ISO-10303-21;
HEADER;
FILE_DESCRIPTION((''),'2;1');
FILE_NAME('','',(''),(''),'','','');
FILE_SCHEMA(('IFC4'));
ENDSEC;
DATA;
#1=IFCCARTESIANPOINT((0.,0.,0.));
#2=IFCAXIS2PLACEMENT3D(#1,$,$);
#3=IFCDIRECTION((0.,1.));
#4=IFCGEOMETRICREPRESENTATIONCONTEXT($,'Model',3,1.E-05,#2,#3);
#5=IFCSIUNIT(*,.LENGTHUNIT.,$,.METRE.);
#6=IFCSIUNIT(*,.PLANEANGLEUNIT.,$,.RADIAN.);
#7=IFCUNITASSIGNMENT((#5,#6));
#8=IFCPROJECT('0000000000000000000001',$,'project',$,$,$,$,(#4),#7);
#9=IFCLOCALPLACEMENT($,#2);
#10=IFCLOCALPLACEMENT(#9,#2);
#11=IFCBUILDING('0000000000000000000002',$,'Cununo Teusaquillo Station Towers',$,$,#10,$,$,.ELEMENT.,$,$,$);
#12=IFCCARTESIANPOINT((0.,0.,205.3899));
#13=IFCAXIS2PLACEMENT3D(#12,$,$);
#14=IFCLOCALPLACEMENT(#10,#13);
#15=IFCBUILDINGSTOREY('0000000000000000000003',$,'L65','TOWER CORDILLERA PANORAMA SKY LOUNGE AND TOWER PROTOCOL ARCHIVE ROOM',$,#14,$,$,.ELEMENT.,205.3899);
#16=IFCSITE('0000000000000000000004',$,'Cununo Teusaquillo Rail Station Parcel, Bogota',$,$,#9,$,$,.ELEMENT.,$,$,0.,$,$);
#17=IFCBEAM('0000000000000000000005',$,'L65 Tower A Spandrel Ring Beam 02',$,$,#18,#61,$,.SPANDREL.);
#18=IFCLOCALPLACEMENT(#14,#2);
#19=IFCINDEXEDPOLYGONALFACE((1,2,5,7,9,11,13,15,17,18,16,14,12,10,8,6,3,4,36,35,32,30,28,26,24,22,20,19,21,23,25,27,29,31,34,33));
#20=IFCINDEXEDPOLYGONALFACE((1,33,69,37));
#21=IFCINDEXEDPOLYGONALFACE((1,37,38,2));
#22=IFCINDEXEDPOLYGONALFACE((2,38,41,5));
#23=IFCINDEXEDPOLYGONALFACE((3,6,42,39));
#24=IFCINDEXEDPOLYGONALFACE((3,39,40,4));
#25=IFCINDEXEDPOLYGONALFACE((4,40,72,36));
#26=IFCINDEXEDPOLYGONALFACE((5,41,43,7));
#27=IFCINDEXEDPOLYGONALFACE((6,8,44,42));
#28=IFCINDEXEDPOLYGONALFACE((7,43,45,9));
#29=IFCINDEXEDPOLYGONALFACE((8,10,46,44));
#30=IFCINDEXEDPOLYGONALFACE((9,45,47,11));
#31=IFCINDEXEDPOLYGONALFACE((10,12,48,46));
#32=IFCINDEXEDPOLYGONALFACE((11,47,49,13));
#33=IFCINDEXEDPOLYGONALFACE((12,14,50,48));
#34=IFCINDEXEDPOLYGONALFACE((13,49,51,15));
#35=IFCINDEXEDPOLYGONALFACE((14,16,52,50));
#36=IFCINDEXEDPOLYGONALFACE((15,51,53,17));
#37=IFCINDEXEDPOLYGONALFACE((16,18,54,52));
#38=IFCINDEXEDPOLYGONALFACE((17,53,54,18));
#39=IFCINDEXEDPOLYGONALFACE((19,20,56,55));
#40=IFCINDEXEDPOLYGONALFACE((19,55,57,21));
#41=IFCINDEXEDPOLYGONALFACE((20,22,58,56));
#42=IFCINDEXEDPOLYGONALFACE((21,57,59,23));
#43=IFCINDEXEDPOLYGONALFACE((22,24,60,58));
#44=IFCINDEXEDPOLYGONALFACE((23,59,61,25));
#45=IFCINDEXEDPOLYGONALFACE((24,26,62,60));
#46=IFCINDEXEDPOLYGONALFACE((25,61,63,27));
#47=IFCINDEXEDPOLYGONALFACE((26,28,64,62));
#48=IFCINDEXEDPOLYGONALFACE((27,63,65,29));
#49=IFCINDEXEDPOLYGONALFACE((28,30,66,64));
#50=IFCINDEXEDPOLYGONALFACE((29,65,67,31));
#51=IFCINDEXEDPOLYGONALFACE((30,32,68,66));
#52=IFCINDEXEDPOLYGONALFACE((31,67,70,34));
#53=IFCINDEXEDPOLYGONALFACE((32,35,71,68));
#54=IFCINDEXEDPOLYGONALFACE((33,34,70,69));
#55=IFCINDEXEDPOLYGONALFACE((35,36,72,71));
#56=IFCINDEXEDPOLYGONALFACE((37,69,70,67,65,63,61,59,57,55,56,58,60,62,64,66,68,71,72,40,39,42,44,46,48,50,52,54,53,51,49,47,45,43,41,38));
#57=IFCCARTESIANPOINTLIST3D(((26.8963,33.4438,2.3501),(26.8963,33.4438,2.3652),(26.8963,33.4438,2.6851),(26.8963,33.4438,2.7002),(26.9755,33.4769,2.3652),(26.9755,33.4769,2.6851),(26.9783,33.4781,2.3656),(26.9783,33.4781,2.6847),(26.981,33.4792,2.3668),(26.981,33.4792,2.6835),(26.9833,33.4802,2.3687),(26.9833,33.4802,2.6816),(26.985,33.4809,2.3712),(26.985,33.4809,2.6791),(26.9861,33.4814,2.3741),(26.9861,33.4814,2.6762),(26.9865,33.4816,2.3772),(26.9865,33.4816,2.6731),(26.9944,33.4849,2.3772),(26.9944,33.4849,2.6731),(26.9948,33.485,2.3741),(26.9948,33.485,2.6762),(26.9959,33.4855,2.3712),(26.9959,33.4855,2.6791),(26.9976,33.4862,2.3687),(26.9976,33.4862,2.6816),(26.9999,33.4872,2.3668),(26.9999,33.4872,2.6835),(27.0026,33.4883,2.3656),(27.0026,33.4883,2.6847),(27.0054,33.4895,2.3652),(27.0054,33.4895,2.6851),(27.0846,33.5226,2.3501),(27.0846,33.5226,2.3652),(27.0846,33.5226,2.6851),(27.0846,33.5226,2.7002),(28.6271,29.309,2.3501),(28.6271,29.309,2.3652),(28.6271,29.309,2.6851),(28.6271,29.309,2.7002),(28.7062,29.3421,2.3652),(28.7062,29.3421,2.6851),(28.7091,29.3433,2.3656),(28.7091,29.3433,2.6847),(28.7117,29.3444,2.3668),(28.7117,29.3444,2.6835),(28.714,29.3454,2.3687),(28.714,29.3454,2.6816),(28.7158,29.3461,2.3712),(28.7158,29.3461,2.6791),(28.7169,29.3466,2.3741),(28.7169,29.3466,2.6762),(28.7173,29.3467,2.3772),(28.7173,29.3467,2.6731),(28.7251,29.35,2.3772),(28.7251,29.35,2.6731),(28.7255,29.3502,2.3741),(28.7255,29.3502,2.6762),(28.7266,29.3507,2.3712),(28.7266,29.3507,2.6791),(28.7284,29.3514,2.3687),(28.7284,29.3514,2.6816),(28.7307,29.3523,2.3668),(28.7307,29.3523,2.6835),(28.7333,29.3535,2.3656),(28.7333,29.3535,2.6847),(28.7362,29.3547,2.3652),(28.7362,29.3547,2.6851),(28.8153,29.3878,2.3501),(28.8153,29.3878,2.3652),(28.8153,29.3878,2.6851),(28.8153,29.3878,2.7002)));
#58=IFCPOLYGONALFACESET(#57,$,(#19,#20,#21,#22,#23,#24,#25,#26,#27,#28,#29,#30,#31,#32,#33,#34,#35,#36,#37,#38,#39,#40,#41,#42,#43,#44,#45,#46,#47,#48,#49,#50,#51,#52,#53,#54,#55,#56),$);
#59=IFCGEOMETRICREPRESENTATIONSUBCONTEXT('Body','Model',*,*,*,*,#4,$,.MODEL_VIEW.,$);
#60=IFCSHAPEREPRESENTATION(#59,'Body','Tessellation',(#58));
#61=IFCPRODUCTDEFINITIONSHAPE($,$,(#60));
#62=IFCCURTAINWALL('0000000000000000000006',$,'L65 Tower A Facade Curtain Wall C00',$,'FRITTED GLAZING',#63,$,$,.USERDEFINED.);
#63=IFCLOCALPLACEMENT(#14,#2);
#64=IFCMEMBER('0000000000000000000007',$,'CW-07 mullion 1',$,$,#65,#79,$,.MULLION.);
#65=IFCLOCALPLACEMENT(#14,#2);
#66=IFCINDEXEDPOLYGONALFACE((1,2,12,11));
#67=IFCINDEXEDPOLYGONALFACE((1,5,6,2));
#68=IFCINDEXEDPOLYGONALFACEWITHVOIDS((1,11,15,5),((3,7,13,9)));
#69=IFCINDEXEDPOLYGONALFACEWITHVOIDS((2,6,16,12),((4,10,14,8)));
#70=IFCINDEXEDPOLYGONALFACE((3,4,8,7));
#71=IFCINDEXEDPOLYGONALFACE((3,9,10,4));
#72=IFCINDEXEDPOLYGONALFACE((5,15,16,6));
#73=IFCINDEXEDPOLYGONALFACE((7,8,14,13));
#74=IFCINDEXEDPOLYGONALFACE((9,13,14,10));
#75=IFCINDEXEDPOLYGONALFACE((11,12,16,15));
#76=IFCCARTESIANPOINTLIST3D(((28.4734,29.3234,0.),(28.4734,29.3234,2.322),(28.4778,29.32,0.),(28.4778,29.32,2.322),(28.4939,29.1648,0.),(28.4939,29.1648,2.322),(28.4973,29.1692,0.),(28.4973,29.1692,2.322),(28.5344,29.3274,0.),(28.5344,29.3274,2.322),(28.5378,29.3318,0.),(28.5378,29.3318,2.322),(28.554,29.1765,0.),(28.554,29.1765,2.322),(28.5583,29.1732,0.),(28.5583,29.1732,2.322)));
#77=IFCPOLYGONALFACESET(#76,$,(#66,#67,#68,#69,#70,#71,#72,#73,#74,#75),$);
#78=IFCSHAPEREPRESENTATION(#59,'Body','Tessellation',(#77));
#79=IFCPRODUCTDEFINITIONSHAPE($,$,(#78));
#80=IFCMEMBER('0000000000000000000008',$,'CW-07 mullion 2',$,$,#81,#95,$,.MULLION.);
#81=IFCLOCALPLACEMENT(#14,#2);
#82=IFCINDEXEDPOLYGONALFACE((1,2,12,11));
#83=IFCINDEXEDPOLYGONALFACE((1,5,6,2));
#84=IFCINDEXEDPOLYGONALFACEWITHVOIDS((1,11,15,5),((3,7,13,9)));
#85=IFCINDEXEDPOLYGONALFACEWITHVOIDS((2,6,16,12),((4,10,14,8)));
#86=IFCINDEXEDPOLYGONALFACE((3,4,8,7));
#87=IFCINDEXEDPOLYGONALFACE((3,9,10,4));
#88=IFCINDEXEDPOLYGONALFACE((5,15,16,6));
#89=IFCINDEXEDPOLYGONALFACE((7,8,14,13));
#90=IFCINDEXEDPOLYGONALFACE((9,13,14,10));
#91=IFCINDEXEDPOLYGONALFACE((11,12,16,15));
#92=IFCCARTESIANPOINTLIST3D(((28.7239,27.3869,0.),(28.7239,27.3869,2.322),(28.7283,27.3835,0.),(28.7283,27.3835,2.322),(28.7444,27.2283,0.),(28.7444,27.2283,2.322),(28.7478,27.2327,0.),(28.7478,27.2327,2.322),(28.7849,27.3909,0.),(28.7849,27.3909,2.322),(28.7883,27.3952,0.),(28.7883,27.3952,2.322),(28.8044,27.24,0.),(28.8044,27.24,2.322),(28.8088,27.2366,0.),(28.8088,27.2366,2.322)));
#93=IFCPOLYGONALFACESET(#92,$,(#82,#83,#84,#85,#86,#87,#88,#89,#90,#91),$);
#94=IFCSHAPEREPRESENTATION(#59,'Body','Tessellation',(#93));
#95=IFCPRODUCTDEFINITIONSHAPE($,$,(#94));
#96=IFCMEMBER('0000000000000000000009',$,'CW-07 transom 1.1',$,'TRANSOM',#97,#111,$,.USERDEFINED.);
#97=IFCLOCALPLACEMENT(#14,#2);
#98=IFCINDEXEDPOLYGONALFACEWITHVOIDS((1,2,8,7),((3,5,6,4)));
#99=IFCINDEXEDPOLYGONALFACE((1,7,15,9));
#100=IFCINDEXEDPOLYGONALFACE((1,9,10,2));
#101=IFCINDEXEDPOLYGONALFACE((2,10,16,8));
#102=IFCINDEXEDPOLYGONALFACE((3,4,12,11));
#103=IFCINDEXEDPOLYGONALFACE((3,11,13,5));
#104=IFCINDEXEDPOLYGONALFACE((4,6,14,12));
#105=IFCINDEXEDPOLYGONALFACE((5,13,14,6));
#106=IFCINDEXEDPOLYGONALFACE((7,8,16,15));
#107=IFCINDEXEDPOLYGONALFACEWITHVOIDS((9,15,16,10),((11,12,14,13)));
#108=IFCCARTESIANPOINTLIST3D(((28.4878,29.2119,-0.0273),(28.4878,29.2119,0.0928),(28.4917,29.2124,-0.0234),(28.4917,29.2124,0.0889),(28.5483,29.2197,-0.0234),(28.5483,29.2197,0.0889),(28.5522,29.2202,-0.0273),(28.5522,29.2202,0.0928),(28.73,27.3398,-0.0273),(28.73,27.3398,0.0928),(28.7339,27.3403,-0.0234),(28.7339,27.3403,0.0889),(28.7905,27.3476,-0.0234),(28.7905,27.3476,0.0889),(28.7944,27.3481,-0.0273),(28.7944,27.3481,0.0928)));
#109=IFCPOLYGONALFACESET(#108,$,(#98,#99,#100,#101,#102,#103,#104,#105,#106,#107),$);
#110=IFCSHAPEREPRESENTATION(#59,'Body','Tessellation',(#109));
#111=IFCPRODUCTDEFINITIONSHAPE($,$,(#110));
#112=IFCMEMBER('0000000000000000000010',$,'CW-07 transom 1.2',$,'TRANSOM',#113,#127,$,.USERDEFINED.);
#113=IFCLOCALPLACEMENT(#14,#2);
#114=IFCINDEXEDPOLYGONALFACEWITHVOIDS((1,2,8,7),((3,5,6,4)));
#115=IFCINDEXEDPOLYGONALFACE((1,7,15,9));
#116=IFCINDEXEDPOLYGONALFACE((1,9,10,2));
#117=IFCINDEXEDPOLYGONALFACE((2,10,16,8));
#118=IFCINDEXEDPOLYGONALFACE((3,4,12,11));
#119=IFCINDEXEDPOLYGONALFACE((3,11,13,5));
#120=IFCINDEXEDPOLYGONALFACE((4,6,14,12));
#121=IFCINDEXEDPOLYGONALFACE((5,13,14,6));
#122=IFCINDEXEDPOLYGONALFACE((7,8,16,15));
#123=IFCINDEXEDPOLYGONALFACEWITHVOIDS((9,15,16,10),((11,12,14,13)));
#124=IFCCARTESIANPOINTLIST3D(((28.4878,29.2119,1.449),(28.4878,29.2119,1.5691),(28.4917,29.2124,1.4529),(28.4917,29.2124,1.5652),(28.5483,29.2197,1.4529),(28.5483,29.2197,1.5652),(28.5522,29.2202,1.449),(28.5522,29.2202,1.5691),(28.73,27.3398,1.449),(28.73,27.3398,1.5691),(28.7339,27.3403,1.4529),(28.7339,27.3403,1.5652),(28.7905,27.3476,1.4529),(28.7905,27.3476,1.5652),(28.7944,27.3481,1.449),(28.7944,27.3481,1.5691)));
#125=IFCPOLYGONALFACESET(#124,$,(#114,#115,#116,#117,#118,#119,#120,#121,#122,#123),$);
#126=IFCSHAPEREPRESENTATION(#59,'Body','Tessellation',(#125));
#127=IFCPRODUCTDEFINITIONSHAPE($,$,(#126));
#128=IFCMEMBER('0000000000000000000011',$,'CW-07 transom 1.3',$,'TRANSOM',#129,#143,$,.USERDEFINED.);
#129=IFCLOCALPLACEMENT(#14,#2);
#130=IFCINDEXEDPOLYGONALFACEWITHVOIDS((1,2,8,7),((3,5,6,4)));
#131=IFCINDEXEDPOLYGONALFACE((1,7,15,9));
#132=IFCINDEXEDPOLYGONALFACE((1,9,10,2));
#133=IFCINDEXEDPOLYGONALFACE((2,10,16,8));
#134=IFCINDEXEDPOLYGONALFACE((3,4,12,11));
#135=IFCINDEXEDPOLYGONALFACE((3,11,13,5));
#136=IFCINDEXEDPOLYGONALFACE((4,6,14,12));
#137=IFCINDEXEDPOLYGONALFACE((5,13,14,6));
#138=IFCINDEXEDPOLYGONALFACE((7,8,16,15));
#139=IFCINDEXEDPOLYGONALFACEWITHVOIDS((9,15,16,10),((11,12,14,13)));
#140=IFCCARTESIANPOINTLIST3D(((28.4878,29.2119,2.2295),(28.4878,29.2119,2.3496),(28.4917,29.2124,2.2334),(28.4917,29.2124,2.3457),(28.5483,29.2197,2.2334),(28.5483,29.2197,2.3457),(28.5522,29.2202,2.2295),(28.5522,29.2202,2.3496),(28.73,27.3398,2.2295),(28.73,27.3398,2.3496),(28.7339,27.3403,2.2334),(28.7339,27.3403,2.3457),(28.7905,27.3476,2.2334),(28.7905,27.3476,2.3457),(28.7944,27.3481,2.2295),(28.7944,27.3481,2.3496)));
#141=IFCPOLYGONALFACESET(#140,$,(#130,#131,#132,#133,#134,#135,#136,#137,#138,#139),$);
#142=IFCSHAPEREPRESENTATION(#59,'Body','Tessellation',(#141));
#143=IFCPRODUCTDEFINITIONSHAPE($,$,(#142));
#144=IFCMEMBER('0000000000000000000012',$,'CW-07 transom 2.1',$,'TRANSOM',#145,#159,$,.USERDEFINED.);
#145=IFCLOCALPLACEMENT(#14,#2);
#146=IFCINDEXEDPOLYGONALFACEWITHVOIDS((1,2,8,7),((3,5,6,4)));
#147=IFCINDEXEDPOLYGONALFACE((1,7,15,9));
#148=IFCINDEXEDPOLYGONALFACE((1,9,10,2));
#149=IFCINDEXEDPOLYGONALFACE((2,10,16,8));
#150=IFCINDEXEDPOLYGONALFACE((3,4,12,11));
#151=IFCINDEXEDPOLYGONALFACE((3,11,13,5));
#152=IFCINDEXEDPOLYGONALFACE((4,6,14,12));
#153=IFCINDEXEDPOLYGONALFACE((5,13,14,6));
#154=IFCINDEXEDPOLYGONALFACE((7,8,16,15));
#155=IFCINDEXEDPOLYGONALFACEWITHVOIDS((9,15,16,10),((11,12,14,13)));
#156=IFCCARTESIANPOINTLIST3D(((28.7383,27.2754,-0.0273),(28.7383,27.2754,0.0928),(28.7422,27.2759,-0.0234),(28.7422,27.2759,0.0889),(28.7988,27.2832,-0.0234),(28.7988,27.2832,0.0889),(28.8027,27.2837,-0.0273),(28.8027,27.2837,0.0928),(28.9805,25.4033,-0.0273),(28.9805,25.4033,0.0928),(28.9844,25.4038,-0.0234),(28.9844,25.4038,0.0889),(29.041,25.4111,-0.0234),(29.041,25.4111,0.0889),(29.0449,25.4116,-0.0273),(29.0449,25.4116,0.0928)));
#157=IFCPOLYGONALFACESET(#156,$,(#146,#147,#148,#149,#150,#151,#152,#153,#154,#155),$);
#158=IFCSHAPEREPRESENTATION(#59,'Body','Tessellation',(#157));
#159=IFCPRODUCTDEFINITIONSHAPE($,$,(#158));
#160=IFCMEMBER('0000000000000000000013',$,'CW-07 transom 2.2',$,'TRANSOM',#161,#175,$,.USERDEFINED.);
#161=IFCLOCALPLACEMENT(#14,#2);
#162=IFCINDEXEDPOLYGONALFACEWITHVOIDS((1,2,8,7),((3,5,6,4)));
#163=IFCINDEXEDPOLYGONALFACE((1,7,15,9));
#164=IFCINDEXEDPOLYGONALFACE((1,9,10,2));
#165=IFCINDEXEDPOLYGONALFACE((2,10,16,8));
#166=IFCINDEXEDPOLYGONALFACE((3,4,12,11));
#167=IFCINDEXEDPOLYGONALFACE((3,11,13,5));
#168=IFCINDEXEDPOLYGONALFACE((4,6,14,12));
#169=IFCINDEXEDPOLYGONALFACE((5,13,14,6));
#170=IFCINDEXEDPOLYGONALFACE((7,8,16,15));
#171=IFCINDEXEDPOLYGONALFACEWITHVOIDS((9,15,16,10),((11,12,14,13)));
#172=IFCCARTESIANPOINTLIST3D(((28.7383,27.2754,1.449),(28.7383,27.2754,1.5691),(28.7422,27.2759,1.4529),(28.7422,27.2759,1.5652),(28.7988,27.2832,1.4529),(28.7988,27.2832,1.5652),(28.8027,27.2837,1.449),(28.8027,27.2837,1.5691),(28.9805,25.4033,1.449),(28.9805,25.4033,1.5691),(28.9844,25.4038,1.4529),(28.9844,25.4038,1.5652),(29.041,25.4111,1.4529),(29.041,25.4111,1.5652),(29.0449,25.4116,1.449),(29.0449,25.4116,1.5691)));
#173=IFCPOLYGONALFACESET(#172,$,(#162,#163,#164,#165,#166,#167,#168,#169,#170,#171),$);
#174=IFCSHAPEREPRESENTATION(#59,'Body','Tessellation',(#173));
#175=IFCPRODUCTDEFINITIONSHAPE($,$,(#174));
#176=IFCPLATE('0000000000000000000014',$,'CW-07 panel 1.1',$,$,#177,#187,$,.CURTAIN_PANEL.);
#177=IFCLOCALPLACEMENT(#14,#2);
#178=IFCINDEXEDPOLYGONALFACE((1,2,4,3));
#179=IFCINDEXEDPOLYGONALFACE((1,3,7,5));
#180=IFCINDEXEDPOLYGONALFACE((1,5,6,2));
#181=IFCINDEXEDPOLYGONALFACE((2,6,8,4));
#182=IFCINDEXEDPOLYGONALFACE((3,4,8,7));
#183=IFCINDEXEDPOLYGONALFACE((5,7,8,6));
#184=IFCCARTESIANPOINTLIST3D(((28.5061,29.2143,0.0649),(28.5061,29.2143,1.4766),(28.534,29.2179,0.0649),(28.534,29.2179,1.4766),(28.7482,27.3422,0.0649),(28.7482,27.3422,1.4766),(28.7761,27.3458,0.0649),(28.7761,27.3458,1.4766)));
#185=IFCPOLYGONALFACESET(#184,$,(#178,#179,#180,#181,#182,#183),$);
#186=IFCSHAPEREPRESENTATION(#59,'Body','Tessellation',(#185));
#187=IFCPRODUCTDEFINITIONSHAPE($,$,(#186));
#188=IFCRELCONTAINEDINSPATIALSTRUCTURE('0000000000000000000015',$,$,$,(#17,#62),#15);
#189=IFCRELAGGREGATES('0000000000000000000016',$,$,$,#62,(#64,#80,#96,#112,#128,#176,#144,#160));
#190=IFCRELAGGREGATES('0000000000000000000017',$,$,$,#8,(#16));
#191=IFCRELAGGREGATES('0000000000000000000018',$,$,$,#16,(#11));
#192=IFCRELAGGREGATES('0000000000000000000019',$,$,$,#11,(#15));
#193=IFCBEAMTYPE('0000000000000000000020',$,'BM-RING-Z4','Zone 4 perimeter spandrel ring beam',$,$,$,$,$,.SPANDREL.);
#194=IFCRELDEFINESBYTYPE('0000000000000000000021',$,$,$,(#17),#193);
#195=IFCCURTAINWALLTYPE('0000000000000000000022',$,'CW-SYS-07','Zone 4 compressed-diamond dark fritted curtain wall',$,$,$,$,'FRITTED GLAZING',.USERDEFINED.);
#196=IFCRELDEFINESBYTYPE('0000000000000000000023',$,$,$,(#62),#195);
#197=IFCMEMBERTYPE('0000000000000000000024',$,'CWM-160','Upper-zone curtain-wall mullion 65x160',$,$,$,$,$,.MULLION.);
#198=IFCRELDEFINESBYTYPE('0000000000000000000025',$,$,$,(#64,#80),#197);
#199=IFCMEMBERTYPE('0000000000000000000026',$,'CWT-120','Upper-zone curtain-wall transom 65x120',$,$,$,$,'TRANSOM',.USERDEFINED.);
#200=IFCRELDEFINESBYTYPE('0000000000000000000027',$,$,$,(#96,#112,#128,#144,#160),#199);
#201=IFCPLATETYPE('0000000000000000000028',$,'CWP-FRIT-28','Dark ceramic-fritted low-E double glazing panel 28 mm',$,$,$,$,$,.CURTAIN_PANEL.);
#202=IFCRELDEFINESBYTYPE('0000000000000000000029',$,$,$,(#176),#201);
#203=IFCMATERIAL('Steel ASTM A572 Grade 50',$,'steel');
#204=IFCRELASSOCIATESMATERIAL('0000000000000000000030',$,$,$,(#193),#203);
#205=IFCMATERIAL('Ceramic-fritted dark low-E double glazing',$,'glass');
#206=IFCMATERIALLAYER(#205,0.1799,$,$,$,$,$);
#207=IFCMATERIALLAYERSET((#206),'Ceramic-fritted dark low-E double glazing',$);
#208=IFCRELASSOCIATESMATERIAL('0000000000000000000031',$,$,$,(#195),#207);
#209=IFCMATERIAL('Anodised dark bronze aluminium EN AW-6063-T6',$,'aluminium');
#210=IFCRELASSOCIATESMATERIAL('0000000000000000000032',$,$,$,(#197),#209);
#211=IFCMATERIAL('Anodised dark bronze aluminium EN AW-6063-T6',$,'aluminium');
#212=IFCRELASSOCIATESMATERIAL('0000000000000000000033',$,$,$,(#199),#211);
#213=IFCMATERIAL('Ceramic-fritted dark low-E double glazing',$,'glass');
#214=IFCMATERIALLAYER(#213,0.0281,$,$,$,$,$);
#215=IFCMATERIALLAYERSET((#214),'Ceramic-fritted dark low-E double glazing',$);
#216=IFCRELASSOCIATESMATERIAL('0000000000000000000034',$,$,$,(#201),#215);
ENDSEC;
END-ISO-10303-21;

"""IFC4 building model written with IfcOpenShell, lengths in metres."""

from ifc_helpers import new_model, si_unit, direction, frame, origin, origin_2d, place, context, subcontext, project, spatial, rectangle, hollow_rectangle, i_section, extrude, source, transform, mapped, material, layer, layer_set, material_profile, profile_set, type_object, element, aggregate, save


model = new_model("IFC4")

# Units and contexts
model_context = context("Model", 3, precision=1e-05, world=origin(), true_north=direction((0.0, 1.0)))
body_context = subcontext(model_context, "Body", "Model", "MODEL_VIEW")
ifc_project = project(units=[si_unit("LENGTHUNIT", "METRE"), si_unit("PLANEANGLEUNIT", "RADIAN")], contexts=[model_context])

# Site, building, storey
site_placement = place(None, origin())
site = spatial("IfcSite", under=ifc_project, at=site_placement, Name="Cununo Teusaquillo Rail Station Parcel, Bogota", CompositionType="ELEMENT", RefElevation=0.0)
building_placement = place(site_placement, origin())
building = spatial("IfcBuilding", under=site, at=building_placement, Name="Cununo Teusaquillo Station Towers", CompositionType="ELEMENT")
storey_placement = place(building_placement, frame((0.0, 0.0, 205.3899)))
storey = spatial("IfcBuildingStorey", under=building, at=storey_placement, Name="L65", Description="TOWER CORDILLERA PANORAMA SKY LOUNGE AND TOWER PROTOCOL ARCHIVE ROOM", CompositionType="ELEMENT", Elevation=205.3899)

# Beam
ifc_material_1 = material(Name="Steel ASTM A572 Grade 50", Category="steel")
ifc_material_profile_1 = material_profile(ifc_material_1, i_section(OverallWidth=0.2041, OverallDepth=0.3501, WebThickness=0.0085, FlangeThickness=0.0151, FilletRadius=0.012, at=origin_2d()), Name="W14X48")
ifc_profile_set_1 = profile_set([ifc_material_profile_1], Name="Steel ASTM A572 Grade 50")
beam_type_1 = type_object("IfcBeamType", Name="BM-RING-Z4", Description="Zone 4 perimeter spandrel ring beam", PredefinedType="SPANDREL", material=ifc_profile_set_1)
beam_1_placement = place(storey_placement, frame((28.7212, 29.3484, 2.5251), z_axis=(-0.386115, 0.92245, 0.0), x_axis=(-0.92245, -0.386115, 0.0)))
element("IfcBeam", 1, at=beam_1_placement, inside=storey, type_object=beam_type_1, Name="L65 Tower A Spandrel Ring Beam 02", PredefinedType="SPANDREL", context=body_context, shape_type="SweptSolid", body=[
    extrude(i_section(OverallWidth=0.2041, OverallDepth=0.3501, WebThickness=0.0085, FlangeThickness=0.0151, FilletRadius=0.012, at=origin_2d()), origin(), (0.0, 0.0, 1.0), 4.4824),
])

# Curtain wall, members, plate
ifc_material_2 = material(Name="Ceramic-fritted dark low-E double glazing", Category="glass")
ifc_layer_1 = layer(ifc_material_2, 0.1799)
ifc_layer_set_1 = layer_set([ifc_layer_1], Name="Ceramic-fritted dark low-E double glazing")
curtain_wall_type = type_object("IfcCurtainWallType", Name="CW-SYS-07", Description="Zone 4 compressed-diamond dark fritted curtain wall", ElementType="FRITTED GLAZING", PredefinedType="USERDEFINED", material=ifc_layer_set_1)
curtain_wall_placement = place(storey_placement, origin())
curtain_wall = element("IfcCurtainWall", 2, at=curtain_wall_placement, inside=storey, type_object=curtain_wall_type, Name="L65 Tower A Facade Curtain Wall C00", ObjectType="FRITTED GLAZING", PredefinedType="USERDEFINED")
ifc_material_3 = material(Name="Anodised dark bronze aluminium EN AW-6063-T6", Category="aluminium")
ifc_material_profile_2 = material_profile(ifc_material_3, hollow_rectangle(XDim=0.0649, YDim=0.1599, WallThickness=0.0039, at=origin_2d()), Name="CW-MULL-65x160")
ifc_profile_set_2 = profile_set([ifc_material_profile_2], Name="Anodised dark bronze aluminium EN AW-6063-T6")
member_type_1 = type_object("IfcMemberType", Name="CWM-160", Description="Upper-zone curtain-wall mullion 65x160", PredefinedType="MULLION", material=ifc_profile_set_2)
member_1_placement = place(storey_placement, frame((28.5159, 29.2483, 0.0), z_axis=(0.0, 0.0, 1.0), x_axis=(0.991742, 0.128253, 0.0)))
member_1 = element("IfcMember", 3, at=member_1_placement, type_object=member_type_1, Name="CW-07 mullion 1", PredefinedType="MULLION", context=body_context, shape_type="SweptSolid", body=[
    extrude(hollow_rectangle(XDim=0.0649, YDim=0.1599, WallThickness=0.0039, at=origin_2d()), origin(), (0.0, 0.0, 1.0), 2.322),
])
member_2_placement = place(storey_placement, frame((28.7664, 27.3118, 0.0), z_axis=(0.0, 0.0, 1.0), x_axis=(0.991742, 0.128253, 0.0)))
member_2 = element("IfcMember", 4, at=member_2_placement, type_object=member_type_1, Name="CW-07 mullion 2", PredefinedType="MULLION", context=body_context, shape_type="SweptSolid", body=[
    extrude(hollow_rectangle(XDim=0.0649, YDim=0.1599, WallThickness=0.0039, at=origin_2d()), origin(), (0.0, 0.0, 1.0), 2.322),
])
ifc_material_4 = material(Name="Anodised dark bronze aluminium EN AW-6063-T6", Category="aluminium")
ifc_material_profile_3 = material_profile(ifc_material_4, hollow_rectangle(XDim=0.0649, YDim=0.1201, WallThickness=0.0039, at=origin_2d()), Name="CW-TRAN-65x120")
ifc_profile_set_3 = profile_set([ifc_material_profile_3], Name="Anodised dark bronze aluminium EN AW-6063-T6")
member_type_2 = type_object("IfcMemberType", Name="CWT-120", Description="Upper-zone curtain-wall transom 65x120", ElementType="TRANSOM", PredefinedType="USERDEFINED", material=ifc_profile_set_3)
member_3_placement = place(storey_placement, frame((28.52, 29.2161, 0.0327), z_axis=(0.1283, -0.991735, 0.0), x_axis=(0.991735, 0.1283, 0.0)))
member_3 = element("IfcMember", 5, at=member_3_placement, type_object=member_type_2, Name="CW-07 transom 1.1", ObjectType="TRANSOM", PredefinedType="USERDEFINED", context=body_context, shape_type="SweptSolid", body=[
    extrude(hollow_rectangle(XDim=0.0649, YDim=0.1201, WallThickness=0.0039, at=origin_2d()), origin(), (0.0, 0.0, 1.0), 1.8877),
])
member_4_placement = place(storey_placement, frame((28.52, 29.2161, 1.509), z_axis=(0.1283, -0.991735, 0.0), x_axis=(0.991735, 0.1283, 0.0)))
member_4 = element("IfcMember", 6, at=member_4_placement, type_object=member_type_2, Name="CW-07 transom 1.2", ObjectType="TRANSOM", PredefinedType="USERDEFINED", context=body_context, shape_type="SweptSolid", body=[
    extrude(hollow_rectangle(XDim=0.0649, YDim=0.1201, WallThickness=0.0039, at=origin_2d()), origin(), (0.0, 0.0, 1.0), 1.8877),
])
member_5_placement = place(storey_placement, frame((28.52, 29.2161, 2.2896), z_axis=(0.1283, -0.991735, 0.0), x_axis=(0.991735, 0.1283, 0.0)))
member_5 = element("IfcMember", 7, at=member_5_placement, type_object=member_type_2, Name="CW-07 transom 1.3", ObjectType="TRANSOM", PredefinedType="USERDEFINED", context=body_context, shape_type="SweptSolid", body=[
    extrude(hollow_rectangle(XDim=0.0649, YDim=0.1201, WallThickness=0.0039, at=origin_2d()), origin(), (0.0, 0.0, 1.0), 1.8877),
])
member_6_placement = place(storey_placement, frame((28.7705, 27.2795, 0.0327), z_axis=(0.1283, -0.991735, 0.0), x_axis=(0.991735, 0.1283, 0.0)))
member_6 = element("IfcMember", 8, at=member_6_placement, type_object=member_type_2, Name="CW-07 transom 2.1", ObjectType="TRANSOM", PredefinedType="USERDEFINED", context=body_context, shape_type="SweptSolid", body=[
    extrude(hollow_rectangle(XDim=0.0649, YDim=0.1201, WallThickness=0.0039, at=origin_2d()), origin(), (0.0, 0.0, 1.0), 1.8877),
])
member_7_placement = place(storey_placement, frame((28.7705, 27.2795, 1.509), z_axis=(0.1283, -0.991735, 0.0), x_axis=(0.991735, 0.1283, 0.0)))
member_7 = element("IfcMember", 9, at=member_7_placement, type_object=member_type_2, Name="CW-07 transom 2.2", ObjectType="TRANSOM", PredefinedType="USERDEFINED", context=body_context, shape_type="SweptSolid", body=[
    extrude(hollow_rectangle(XDim=0.0649, YDim=0.1201, WallThickness=0.0039, at=origin_2d()), origin(), (0.0, 0.0, 1.0), 1.8877),
])
ifc_material_5 = material(Name="Ceramic-fritted dark low-E double glazing", Category="glass")
ifc_layer_2 = layer(ifc_material_5, 0.0281)
ifc_layer_set_2 = layer_set([ifc_layer_2], Name="Ceramic-fritted dark low-E double glazing")
plate_type = type_object("IfcPlateType", Name="CWP-FRIT-28", Description="Dark ceramic-fritted low-E double glazing panel 28 mm", PredefinedType="CURTAIN_PANEL", material=ifc_layer_set_2)
shared_shape_1 = source(origin(), body_context, "Body", "SweptSolid", [
    extrude(rectangle(XDim=1.8877, YDim=0.0281, at=origin_2d()), origin(), (0.0, 0.0, 1.0), 1.4116),
])
plate_1_placement = place(storey_placement, frame((28.6411, 28.28, 0.0649), z_axis=(0.0, 0.0, 1.0), x_axis=(0.128253, -0.991742, 0.0)))
plate_1 = element("IfcPlate", 10, at=plate_1_placement, type_object=plate_type, Name="CW-07 panel 1.1", PredefinedType="CURTAIN_PANEL", context=body_context, shape_type="MappedRepresentation", body=[
    mapped(shared_shape_1, transform((0.0, 0.0, 0.0), x_axis=(1.0, 0.0, 0.0), y_axis=(0.0, 1.0, 0.0), z_axis=(0.0, 0.0, 1.0), scale=1.0)),
])
aggregate(curtain_wall, [member_1, member_2, member_3, member_4, member_5, plate_1, member_6, member_7])

save(model, "model.ifc")
